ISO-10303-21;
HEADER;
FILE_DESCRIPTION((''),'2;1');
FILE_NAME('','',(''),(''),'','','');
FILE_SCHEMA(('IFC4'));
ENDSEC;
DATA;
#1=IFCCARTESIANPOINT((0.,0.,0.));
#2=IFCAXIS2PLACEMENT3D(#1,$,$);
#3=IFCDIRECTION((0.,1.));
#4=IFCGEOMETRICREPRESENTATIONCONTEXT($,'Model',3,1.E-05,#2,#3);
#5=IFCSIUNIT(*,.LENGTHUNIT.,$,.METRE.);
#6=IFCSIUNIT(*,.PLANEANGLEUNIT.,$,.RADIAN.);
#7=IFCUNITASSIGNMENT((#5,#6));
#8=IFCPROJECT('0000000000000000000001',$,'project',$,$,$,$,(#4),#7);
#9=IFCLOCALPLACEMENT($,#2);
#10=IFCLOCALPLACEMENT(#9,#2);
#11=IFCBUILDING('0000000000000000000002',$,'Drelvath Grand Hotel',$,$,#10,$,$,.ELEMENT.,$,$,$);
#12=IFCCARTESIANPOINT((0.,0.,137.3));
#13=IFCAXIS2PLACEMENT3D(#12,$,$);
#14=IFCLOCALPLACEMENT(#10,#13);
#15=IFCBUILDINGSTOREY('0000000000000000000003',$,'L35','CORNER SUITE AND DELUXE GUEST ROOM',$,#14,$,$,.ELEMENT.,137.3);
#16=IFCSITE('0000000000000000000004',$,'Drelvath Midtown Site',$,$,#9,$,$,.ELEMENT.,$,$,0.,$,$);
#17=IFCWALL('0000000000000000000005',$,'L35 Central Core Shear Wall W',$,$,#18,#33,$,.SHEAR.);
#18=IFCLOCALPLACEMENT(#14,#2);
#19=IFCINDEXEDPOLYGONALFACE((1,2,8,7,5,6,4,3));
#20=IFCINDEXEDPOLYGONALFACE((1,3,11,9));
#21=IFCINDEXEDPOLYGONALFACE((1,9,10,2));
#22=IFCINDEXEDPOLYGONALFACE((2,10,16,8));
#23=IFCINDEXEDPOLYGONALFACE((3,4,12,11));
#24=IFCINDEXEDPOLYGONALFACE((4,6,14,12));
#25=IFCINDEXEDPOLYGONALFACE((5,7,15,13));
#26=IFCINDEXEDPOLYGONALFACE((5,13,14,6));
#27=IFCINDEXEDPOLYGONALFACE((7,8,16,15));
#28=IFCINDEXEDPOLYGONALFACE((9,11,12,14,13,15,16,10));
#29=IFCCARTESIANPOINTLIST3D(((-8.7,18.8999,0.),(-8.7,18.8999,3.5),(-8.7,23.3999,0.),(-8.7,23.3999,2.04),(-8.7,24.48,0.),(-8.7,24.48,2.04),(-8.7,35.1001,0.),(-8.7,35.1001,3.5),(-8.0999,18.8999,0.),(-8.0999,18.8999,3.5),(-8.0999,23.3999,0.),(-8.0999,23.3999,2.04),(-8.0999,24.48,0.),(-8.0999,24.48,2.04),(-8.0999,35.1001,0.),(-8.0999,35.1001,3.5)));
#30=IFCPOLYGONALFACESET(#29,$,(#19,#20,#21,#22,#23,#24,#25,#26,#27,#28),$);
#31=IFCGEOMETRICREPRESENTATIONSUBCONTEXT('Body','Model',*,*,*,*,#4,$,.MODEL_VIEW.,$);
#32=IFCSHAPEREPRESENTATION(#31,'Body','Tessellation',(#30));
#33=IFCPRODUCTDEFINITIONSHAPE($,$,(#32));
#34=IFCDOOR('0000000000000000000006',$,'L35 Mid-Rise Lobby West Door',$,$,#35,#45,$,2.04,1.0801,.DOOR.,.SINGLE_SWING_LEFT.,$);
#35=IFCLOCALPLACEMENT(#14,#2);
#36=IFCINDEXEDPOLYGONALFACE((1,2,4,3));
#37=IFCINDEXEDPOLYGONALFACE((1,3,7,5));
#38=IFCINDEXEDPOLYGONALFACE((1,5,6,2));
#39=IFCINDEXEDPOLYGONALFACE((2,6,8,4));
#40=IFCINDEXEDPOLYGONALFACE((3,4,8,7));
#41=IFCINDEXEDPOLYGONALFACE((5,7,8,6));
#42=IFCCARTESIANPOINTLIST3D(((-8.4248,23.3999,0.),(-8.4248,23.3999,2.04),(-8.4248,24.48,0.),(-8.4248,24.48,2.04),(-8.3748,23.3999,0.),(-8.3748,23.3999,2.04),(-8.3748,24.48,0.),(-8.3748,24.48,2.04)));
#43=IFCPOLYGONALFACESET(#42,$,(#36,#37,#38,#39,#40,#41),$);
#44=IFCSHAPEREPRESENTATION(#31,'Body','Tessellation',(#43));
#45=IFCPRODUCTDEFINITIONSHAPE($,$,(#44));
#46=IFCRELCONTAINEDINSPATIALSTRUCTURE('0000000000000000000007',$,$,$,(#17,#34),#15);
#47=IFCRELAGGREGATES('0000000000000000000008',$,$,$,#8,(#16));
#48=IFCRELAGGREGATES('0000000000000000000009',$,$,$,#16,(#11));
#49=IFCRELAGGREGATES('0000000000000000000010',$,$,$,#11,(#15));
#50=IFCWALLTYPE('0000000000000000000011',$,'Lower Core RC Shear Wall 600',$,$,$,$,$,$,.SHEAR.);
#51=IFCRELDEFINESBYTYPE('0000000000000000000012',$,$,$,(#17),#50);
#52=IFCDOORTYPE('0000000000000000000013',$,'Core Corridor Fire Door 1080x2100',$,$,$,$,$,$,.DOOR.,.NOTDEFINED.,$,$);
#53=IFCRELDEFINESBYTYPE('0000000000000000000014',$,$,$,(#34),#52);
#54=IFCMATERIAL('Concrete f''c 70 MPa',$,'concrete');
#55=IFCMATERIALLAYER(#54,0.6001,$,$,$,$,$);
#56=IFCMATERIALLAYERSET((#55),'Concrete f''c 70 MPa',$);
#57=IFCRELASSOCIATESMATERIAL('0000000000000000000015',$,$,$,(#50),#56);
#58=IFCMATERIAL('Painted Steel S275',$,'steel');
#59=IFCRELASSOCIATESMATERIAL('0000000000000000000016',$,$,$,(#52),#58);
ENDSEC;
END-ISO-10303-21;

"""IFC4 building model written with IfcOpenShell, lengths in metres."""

from ifc_helpers import new_model, si_unit, direction, frame, frame_2d, origin, place, context, subcontext, project, spatial, rectangle, extrude, material, layer, layer_set, type_object, element, fill, save


model = new_model("IFC4")

# Units and contexts
model_context = context("Model", 3, precision=1e-05, world=origin(), true_north=direction((0.0, 1.0)))
body_context = subcontext(model_context, "Body", "Model", "MODEL_VIEW")
ifc_project = project(units=[si_unit("LENGTHUNIT", "METRE"), si_unit("PLANEANGLEUNIT", "RADIAN")], contexts=[model_context])

# Site, building, storey
site_placement = place(None, origin())
site = spatial("IfcSite", under=ifc_project, at=site_placement, Name="Drelvath Midtown Site", CompositionType="ELEMENT", RefElevation=0.0)
building_placement = place(site_placement, origin())
building = spatial("IfcBuilding", under=site, at=building_placement, Name="Drelvath Grand Hotel", CompositionType="ELEMENT")
storey_placement = place(building_placement, frame((0.0, 0.0, 137.3)))
storey = spatial("IfcBuildingStorey", under=building, at=storey_placement, Name="L35", Description="CORNER SUITE AND DELUXE GUEST ROOM", CompositionType="ELEMENT", Elevation=137.3)

# Shared definitions
ifc_material_1 = material(Name="Concrete f'c 70 MPa", Category="concrete")

# Shared definitions
ifc_material_2 = material(Name="Painted Steel S275", Category="steel")

# Wall, opening, door
ifc_layer_1 = layer(ifc_material_1, 0.6001)
ifc_layer_set_1 = layer_set([ifc_layer_1], Name="Concrete f'c 70 MPa")
wall_type_1 = type_object("IfcWallType", Name="Lower Core RC Shear Wall 600", PredefinedType="SHEAR", material=ifc_layer_set_1)
wall_1_placement = place(storey_placement, frame((-8.3999, 18.8999, 0.0), z_axis=(0.0, 0.0, 1.0), x_axis=(0.0, 1.0, 0.0)))
wall_1 = element("IfcWall", 1, at=wall_1_placement, inside=storey, type_object=wall_type_1, Name="L35 Central Core Shear Wall W", PredefinedType="SHEAR", context=body_context, shape_type="SweptSolid", body=[
    extrude(rectangle(XDim=16.2002, YDim=0.6001, at=frame_2d((8.1001, 0.0))), origin(), (0.0, 0.0, 1.0), 3.5),
])
opening_1_placement = place(wall_1_placement, frame((4.5, 0.0, 0.0)))
opening_1 = element("IfcOpeningElement", 2, at=opening_1_placement, cuts=wall_1, PredefinedType="OPENING", context=body_context, shape_type="SweptSolid", body=[
    extrude(rectangle(XDim=1.0801, YDim=2.04, at=frame_2d((0.54, 1.02))), frame((0.0, 0.3101, 0.0), z_axis=(0.0, -1.0, 0.0), x_axis=(1.0, 0.0, 0.0)), (0.0, 0.0, 1.0), 0.6201),
])
door_type_1 = type_object("IfcDoorType", Name="Core Corridor Fire Door 1080x2100", OperationType="NOTDEFINED", PredefinedType="DOOR", material=ifc_material_2)
door_1_placement = place(opening_1_placement, origin())
door_1 = element("IfcDoor", 3, at=door_1_placement, inside=storey, type_object=door_type_1, Name="L35 Mid-Rise Lobby West Door", OperationType="SINGLE_SWING_LEFT", OverallHeight=2.04, OverallWidth=1.0801, PredefinedType="DOOR", context=body_context, shape_type="SweptSolid", body=[
    extrude(rectangle(XDim=1.0801, YDim=2.04, at=frame_2d((0.54, 1.02))), frame((0.0, 0.0249, 0.0), z_axis=(0.0, -1.0, 0.0), x_axis=(1.0, 0.0, 0.0)), (0.0, 0.0, 1.0), 0.05),
])
fill(opening_1, door_1)

save(model, "model.ifc")
